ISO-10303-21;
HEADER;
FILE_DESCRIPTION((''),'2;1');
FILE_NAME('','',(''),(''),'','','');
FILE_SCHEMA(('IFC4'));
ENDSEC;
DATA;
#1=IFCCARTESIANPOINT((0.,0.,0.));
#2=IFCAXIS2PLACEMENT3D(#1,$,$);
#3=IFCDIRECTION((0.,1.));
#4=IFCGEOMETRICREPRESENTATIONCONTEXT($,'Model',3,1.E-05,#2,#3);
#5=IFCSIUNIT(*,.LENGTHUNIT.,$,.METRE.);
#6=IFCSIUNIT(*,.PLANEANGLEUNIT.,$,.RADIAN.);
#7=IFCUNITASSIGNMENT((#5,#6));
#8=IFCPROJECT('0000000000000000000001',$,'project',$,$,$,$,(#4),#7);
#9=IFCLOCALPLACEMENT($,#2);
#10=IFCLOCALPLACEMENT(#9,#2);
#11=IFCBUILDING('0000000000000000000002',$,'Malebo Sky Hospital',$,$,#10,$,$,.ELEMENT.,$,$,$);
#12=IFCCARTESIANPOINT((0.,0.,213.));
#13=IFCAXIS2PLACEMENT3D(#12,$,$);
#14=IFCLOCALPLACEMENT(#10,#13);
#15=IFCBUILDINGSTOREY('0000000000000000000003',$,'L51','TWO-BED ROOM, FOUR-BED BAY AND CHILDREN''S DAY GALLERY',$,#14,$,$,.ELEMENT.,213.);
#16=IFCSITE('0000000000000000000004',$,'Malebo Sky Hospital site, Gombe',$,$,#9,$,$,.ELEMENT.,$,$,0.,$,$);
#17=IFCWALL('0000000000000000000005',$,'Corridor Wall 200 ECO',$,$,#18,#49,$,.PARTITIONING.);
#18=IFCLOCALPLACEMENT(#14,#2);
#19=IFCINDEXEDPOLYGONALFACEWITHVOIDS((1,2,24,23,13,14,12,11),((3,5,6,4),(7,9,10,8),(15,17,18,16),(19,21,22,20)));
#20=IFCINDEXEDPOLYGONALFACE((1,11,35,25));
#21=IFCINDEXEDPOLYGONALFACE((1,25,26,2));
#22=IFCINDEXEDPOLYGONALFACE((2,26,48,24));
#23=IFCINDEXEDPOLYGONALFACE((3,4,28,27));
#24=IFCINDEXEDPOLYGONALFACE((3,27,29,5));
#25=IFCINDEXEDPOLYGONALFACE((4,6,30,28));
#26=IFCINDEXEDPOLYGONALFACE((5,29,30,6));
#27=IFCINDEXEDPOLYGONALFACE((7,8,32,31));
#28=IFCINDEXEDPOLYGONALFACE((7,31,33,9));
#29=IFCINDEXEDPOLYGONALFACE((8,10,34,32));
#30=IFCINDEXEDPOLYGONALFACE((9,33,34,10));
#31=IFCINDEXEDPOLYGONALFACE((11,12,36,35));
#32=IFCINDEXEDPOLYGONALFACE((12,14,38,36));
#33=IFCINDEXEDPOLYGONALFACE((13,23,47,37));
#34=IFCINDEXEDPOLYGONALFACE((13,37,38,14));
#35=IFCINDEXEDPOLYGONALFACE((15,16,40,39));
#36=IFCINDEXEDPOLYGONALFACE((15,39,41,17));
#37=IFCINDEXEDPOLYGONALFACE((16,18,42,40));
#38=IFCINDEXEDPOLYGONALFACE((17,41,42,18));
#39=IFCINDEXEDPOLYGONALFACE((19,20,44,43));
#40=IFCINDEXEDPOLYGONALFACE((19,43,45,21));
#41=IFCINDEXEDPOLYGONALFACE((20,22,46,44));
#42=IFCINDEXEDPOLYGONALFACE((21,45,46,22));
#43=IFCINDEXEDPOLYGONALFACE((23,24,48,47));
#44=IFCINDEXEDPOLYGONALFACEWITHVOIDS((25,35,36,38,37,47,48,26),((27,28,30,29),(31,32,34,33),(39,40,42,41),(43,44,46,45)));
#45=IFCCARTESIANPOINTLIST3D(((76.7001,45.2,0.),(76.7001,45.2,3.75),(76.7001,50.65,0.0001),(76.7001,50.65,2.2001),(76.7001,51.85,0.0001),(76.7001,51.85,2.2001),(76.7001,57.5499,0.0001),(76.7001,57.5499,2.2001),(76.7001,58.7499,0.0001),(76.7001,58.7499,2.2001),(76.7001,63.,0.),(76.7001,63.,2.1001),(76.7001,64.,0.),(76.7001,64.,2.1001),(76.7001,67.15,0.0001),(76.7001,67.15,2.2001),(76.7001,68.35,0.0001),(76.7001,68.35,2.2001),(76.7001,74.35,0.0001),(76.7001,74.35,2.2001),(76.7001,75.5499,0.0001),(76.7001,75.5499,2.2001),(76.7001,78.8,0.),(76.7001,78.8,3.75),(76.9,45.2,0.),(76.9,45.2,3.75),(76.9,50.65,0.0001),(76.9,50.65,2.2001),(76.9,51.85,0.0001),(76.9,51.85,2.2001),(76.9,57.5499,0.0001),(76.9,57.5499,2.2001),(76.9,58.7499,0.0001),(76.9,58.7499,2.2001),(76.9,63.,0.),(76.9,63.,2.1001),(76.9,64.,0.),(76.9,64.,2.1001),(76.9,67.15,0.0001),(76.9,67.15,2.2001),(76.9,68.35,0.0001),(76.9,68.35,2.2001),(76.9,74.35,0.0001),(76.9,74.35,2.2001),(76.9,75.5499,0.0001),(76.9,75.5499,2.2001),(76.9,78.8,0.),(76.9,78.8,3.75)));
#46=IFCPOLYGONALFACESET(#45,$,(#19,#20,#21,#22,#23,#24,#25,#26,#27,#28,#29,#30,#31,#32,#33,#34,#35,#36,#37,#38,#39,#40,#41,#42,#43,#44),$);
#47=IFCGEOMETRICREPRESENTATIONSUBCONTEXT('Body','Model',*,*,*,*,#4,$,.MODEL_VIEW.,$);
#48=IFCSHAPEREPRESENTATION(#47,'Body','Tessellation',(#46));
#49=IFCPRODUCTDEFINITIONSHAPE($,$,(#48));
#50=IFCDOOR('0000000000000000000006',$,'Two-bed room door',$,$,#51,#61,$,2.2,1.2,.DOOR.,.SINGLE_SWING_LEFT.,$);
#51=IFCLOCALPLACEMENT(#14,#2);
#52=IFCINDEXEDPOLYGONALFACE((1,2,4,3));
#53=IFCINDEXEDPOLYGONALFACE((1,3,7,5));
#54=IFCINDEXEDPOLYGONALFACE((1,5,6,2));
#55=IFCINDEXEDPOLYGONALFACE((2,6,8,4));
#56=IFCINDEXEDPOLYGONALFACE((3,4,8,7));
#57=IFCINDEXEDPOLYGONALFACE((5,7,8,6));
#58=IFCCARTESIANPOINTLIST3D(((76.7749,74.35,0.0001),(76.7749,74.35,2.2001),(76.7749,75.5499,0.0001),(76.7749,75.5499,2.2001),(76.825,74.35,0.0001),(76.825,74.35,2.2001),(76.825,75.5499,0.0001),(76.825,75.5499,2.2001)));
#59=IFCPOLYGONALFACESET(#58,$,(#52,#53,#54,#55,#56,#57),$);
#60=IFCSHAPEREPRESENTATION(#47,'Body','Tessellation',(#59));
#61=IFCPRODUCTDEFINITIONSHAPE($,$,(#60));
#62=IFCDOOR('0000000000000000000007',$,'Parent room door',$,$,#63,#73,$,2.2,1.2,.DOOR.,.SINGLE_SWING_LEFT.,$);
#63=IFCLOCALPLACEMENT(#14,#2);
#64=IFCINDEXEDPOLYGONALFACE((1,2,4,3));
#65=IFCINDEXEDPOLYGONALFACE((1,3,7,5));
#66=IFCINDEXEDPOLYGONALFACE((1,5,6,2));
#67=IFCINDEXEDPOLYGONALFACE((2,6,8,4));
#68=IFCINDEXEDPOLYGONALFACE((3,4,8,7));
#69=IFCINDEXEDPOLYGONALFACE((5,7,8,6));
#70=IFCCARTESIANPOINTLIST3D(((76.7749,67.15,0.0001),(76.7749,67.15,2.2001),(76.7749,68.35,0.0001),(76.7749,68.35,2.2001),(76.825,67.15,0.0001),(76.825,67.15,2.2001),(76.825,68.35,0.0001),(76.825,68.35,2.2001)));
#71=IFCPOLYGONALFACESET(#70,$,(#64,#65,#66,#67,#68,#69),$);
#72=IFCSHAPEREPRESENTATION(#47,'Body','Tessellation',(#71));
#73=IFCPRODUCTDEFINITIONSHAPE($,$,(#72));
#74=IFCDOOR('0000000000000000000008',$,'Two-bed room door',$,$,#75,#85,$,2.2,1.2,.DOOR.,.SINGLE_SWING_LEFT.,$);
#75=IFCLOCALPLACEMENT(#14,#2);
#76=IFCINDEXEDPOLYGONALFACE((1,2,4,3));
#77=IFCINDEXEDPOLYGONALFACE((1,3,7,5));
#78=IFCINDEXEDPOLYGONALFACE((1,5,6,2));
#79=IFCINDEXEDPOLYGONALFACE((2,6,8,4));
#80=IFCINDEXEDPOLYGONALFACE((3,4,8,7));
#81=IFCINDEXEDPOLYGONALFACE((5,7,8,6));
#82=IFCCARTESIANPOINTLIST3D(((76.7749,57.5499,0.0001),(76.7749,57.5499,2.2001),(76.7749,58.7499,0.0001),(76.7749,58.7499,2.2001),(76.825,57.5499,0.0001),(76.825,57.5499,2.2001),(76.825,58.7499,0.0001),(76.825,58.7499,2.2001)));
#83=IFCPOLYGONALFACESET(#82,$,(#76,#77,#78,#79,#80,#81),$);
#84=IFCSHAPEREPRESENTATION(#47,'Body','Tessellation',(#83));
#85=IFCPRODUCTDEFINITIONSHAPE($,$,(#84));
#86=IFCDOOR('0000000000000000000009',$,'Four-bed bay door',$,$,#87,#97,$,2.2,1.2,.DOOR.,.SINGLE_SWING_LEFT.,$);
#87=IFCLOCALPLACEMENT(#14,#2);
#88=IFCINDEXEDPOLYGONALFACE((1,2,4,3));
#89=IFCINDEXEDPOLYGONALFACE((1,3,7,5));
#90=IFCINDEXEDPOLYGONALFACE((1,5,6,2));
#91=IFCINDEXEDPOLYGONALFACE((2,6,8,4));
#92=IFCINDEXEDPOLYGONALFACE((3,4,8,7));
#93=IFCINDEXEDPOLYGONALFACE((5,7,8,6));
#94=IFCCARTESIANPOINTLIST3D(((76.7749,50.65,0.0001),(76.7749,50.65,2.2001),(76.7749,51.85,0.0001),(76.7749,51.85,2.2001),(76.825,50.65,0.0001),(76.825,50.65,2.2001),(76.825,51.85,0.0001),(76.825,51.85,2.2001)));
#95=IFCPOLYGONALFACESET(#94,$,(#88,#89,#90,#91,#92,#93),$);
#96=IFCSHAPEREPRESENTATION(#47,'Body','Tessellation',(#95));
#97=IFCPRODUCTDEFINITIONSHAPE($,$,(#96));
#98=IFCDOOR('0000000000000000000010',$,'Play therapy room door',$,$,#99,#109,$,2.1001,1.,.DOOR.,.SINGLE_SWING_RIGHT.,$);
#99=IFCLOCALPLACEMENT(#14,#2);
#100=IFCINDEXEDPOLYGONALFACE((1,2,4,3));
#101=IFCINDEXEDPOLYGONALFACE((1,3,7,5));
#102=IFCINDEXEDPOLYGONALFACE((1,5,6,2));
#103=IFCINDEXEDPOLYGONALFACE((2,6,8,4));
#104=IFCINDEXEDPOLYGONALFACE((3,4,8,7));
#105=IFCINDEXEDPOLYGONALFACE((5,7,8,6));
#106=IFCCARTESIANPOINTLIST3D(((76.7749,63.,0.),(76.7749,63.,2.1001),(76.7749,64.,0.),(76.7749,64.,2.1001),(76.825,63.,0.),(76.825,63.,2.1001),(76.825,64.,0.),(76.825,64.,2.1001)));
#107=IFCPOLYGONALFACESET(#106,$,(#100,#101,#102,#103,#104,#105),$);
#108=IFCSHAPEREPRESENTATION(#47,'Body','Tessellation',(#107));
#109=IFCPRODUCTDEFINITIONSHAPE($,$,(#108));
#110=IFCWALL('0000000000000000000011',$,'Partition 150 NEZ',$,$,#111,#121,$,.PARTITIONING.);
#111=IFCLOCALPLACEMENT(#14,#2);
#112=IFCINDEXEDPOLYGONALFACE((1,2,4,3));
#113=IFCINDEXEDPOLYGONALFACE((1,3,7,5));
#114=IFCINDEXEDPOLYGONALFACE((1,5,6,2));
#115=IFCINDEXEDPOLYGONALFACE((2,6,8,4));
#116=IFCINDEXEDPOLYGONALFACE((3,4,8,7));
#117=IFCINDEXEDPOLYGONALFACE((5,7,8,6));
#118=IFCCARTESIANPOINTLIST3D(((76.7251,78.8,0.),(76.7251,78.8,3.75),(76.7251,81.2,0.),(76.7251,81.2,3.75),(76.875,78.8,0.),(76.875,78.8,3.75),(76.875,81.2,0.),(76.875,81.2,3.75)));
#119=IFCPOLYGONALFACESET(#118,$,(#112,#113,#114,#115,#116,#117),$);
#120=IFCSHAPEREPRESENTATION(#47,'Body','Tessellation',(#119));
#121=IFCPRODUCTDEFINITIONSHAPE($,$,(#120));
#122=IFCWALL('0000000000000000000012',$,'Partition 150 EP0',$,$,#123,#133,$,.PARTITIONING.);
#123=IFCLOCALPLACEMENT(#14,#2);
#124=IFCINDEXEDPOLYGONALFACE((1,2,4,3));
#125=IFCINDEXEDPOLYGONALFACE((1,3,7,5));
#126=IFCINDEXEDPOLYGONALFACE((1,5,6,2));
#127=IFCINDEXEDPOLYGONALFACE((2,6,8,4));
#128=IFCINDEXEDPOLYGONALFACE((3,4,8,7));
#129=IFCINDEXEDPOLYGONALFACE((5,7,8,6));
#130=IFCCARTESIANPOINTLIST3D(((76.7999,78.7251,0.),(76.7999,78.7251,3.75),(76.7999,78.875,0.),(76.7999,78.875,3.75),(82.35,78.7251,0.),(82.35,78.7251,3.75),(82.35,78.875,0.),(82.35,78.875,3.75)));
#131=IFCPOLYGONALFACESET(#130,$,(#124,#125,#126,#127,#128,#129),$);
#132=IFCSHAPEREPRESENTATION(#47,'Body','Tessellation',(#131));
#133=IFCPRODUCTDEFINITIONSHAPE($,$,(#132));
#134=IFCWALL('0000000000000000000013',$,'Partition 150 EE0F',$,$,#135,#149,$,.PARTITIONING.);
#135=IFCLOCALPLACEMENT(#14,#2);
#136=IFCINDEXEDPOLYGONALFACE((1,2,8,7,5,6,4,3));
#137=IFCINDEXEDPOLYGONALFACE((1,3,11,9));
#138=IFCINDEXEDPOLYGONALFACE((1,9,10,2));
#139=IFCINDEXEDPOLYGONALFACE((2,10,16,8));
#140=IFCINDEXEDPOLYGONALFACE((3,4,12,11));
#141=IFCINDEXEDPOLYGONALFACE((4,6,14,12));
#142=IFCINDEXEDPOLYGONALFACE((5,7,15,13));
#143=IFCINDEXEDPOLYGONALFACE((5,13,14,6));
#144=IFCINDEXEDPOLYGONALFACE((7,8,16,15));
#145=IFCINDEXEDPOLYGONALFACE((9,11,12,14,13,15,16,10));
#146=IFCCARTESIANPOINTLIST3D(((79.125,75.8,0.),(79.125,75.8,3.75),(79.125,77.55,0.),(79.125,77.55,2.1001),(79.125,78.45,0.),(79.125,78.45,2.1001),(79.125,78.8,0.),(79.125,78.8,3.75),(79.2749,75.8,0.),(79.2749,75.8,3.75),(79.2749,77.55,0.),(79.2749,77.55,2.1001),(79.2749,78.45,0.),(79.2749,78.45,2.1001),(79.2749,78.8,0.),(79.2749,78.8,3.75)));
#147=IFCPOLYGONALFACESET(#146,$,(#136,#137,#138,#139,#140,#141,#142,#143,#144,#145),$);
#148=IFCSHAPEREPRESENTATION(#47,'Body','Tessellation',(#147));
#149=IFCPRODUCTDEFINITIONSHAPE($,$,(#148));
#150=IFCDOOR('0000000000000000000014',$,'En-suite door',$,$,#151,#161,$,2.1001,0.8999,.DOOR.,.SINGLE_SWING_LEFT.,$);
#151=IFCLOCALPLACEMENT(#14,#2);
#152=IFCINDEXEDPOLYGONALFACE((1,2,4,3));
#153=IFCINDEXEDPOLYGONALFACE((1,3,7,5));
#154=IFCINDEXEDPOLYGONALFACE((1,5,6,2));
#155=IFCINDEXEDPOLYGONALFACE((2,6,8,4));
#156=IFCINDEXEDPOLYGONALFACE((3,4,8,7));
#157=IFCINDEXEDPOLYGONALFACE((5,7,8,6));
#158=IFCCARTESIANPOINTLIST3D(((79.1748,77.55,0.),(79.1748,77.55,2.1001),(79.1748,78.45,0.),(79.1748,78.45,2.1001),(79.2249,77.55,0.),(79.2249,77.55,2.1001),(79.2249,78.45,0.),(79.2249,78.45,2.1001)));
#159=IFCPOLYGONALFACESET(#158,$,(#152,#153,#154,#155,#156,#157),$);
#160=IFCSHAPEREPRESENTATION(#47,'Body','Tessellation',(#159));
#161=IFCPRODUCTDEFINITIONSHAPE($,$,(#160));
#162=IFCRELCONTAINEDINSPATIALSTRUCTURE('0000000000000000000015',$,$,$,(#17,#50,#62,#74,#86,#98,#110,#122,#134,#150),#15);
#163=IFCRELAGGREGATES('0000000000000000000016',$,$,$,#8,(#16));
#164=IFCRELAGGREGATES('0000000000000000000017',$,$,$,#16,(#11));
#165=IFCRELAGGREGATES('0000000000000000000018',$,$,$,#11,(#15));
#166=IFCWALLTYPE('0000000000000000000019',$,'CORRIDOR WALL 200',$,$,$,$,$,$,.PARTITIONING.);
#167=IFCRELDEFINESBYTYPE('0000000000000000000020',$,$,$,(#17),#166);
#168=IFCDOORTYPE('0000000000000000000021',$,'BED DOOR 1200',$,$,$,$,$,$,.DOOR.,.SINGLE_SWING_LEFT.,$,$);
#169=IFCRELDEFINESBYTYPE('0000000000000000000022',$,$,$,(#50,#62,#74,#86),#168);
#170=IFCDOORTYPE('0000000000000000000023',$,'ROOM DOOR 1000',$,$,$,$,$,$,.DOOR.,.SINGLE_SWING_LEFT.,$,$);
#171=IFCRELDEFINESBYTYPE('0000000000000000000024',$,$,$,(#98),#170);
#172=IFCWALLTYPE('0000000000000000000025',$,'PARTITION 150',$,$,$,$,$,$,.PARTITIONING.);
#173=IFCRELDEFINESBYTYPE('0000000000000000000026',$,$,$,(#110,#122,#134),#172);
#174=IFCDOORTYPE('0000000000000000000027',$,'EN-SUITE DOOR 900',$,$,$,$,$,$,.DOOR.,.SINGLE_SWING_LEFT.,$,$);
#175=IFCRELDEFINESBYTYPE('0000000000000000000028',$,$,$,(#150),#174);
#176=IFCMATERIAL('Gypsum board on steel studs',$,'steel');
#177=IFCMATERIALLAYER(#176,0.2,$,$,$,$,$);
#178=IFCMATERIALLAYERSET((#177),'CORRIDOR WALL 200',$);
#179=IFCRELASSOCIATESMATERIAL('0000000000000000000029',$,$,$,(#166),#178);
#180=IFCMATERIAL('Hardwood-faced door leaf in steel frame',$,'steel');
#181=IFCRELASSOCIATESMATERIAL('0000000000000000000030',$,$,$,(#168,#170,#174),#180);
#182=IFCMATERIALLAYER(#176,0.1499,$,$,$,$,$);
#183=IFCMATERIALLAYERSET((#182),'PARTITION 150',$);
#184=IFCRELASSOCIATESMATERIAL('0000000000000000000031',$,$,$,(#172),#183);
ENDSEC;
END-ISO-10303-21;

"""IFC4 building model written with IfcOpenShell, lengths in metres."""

from ifc_helpers import new_model, si_unit, direction, frame, frame_2d, origin, place, context, subcontext, project, spatial, rectangle, extrude, material, layer, layer_set, type_object, element, fill, save


model = new_model("IFC4")

# Units and contexts
model_context = context("Model", 3, precision=1e-05, world=origin(), true_north=direction((0.0, 1.0)))
body_context = subcontext(model_context, "Body", "Model", "MODEL_VIEW")
ifc_project = project(units=[si_unit("LENGTHUNIT", "METRE"), si_unit("PLANEANGLEUNIT", "RADIAN")], contexts=[model_context])

# Site, building, storey
site_placement = place(None, origin())
site = spatial("IfcSite", under=ifc_project, at=site_placement, Name="Malebo Sky Hospital site, Gombe", CompositionType="ELEMENT", RefElevation=0.0)
building_placement = place(site_placement, origin())
building = spatial("IfcBuilding", under=site, at=building_placement, Name="Malebo Sky Hospital", CompositionType="ELEMENT")
storey_placement = place(building_placement, frame((0.0, 0.0, 213.0)))
storey = spatial("IfcBuildingStorey", under=building, at=storey_placement, Name="L51", Description="TWO-BED ROOM, FOUR-BED BAY AND CHILDREN'S DAY GALLERY", CompositionType="ELEMENT", Elevation=213.0)

# Wall, openings, doors
ifc_material_1 = material(Name="Gypsum board on steel studs", Category="steel")
ifc_layer_1 = layer(ifc_material_1, 0.2)
ifc_layer_set_1 = layer_set([ifc_layer_1], Name="CORRIDOR WALL 200")
wall_type_1 = type_object("IfcWallType", Name="CORRIDOR WALL 200", PredefinedType="PARTITIONING", material=ifc_layer_set_1)
wall_1_placement = place(storey_placement, frame((76.8, 78.8, 0.0), z_axis=(0.0, 0.0, 1.0), x_axis=(0.0, -1.0, 0.0)))
wall_1 = element("IfcWall", 1, at=wall_1_placement, inside=storey, type_object=wall_type_1, Name="Corridor Wall 200 ECO", PredefinedType="PARTITIONING", context=body_context, shape_type="SweptSolid", body=[
    extrude(rectangle(XDim=33.6001, YDim=0.2, at=frame_2d((16.8, 0.0))), origin(), (0.0, 0.0, 1.0), 3.75),
])
opening_1_placement = place(wall_1_placement, frame((3.25, 0.0, 0.0)))
opening_1 = element("IfcOpeningElement", 2, at=opening_1_placement, cuts=wall_1, PredefinedType="OPENING", context=body_context, shape_type="SweptSolid", body=[
    extrude(rectangle(XDim=1.2, YDim=2.2, at=frame_2d((0.6001, 1.1001))), frame((0.0, 0.1099, 0.0), z_axis=(0.0, -1.0, 0.0), x_axis=(1.0, 0.0, 0.0)), (0.0, 0.0, 1.0), 0.22),
])
opening_2_placement = place(wall_1_placement, frame((10.45, 0.0, 0.0)))
opening_2 = element("IfcOpeningElement", 3, at=opening_2_placement, cuts=wall_1, PredefinedType="OPENING", context=body_context, shape_type="SweptSolid", body=[
    extrude(rectangle(XDim=1.2, YDim=2.2, at=frame_2d((0.6001, 1.1001))), frame((0.0, 0.1099, 0.0), z_axis=(0.0, -1.0, 0.0), x_axis=(1.0, 0.0, 0.0)), (0.0, 0.0, 1.0), 0.22),
])
opening_3_placement = place(wall_1_placement, frame((14.8, 0.0, 0.0)))
opening_3 = element("IfcOpeningElement", 4, at=opening_3_placement, cuts=wall_1, PredefinedType="OPENING", context=body_context, shape_type="SweptSolid", body=[
    extrude(rectangle(XDim=1.0, YDim=2.1001, at=frame_2d((0.5, 1.05))), frame((0.0, 0.1099, 0.0), z_axis=(0.0, -1.0, 0.0), x_axis=(1.0, 0.0, 0.0)), (0.0, 0.0, 1.0), 0.22),
])
opening_4_placement = place(wall_1_placement, frame((20.05, 0.0, 0.0)))
opening_4 = element("IfcOpeningElement", 5, at=opening_4_placement, cuts=wall_1, PredefinedType="OPENING", context=body_context, shape_type="SweptSolid", body=[
    extrude(rectangle(XDim=1.2, YDim=2.2, at=frame_2d((0.6001, 1.1001))), frame((0.0, 0.1099, 0.0), z_axis=(0.0, -1.0, 0.0), x_axis=(1.0, 0.0, 0.0)), (0.0, 0.0, 1.0), 0.22),
])
opening_5_placement = place(wall_1_placement, frame((26.95, 0.0, 0.0)))
opening_5 = element("IfcOpeningElement", 6, at=opening_5_placement, cuts=wall_1, PredefinedType="OPENING", context=body_context, shape_type="SweptSolid", body=[
    extrude(rectangle(XDim=1.2, YDim=2.2, at=frame_2d((0.6001, 1.1001))), frame((0.0, 0.1099, 0.0), z_axis=(0.0, -1.0, 0.0), x_axis=(1.0, 0.0, 0.0)), (0.0, 0.0, 1.0), 0.22),
])
ifc_material_2 = material(Name="Hardwood-faced door leaf in steel frame", Category="steel")
door_type_1 = type_object("IfcDoorType", Name="BED DOOR 1200", OperationType="SINGLE_SWING_LEFT", PredefinedType="DOOR", material=ifc_material_2)
door_1_placement = place(opening_1_placement, origin())
door_1 = element("IfcDoor", 7, at=door_1_placement, inside=storey, type_object=door_type_1, Name="Two-bed room door", OperationType="SINGLE_SWING_LEFT", OverallHeight=2.2, OverallWidth=1.2, PredefinedType="DOOR", context=body_context, shape_type="SweptSolid", body=[
    extrude(rectangle(XDim=1.2, YDim=2.2, at=frame_2d((0.6001, 1.1001))), frame((0.0, 0.0249, 0.0), z_axis=(0.0, -1.0, 0.0), x_axis=(1.0, 0.0, 0.0)), (0.0, 0.0, 1.0), 0.05),
])
fill(opening_1, door_1)
door_2_placement = place(opening_2_placement, origin())
door_2 = element("IfcDoor", 8, at=door_2_placement, inside=storey, type_object=door_type_1, Name="Parent room door", OperationType="SINGLE_SWING_LEFT", OverallHeight=2.2, OverallWidth=1.2, PredefinedType="DOOR", context=body_context, shape_type="SweptSolid", body=[
    extrude(rectangle(XDim=1.2, YDim=2.2, at=frame_2d((0.6001, 1.1001))), frame((0.0, 0.0249, 0.0), z_axis=(0.0, -1.0, 0.0), x_axis=(1.0, 0.0, 0.0)), (0.0, 0.0, 1.0), 0.05),
])
fill(opening_2, door_2)
door_3_placement = place(opening_4_placement, origin())
door_3 = element("IfcDoor", 9, at=door_3_placement, inside=storey, type_object=door_type_1, Name="Two-bed room door", OperationType="SINGLE_SWING_LEFT", OverallHeight=2.2, OverallWidth=1.2, PredefinedType="DOOR", context=body_context, shape_type="SweptSolid", body=[
    extrude(rectangle(XDim=1.2, YDim=2.2, at=frame_2d((0.6001, 1.1001))), frame((0.0, 0.0249, 0.0), z_axis=(0.0, -1.0, 0.0), x_axis=(1.0, 0.0, 0.0)), (0.0, 0.0, 1.0), 0.05),
])
fill(opening_4, door_3)
door_4_placement = place(opening_5_placement, origin())
door_4 = element("IfcDoor", 10, at=door_4_placement, inside=storey, type_object=door_type_1, Name="Four-bed bay door", OperationType="SINGLE_SWING_LEFT", OverallHeight=2.2, OverallWidth=1.2, PredefinedType="DOOR", context=body_context, shape_type="SweptSolid", body=[
    extrude(rectangle(XDim=1.2, YDim=2.2, at=frame_2d((0.6001, 1.1001))), frame((0.0, 0.0249, 0.0), z_axis=(0.0, -1.0, 0.0), x_axis=(1.0, 0.0, 0.0)), (0.0, 0.0, 1.0), 0.05),
])
fill(opening_5, door_4)
door_type_2 = type_object("IfcDoorType", Name="ROOM DOOR 1000", OperationType="SINGLE_SWING_LEFT", PredefinedType="DOOR", material=ifc_material_2)
door_5_placement = place(opening_3_placement, origin())
door_5 = element("IfcDoor", 11, at=door_5_placement, inside=storey, type_object=door_type_2, Name="Play therapy room door", OperationType="SINGLE_SWING_RIGHT", OverallHeight=2.1001, OverallWidth=1.0, PredefinedType="DOOR", context=body_context, shape_type="SweptSolid", body=[
    extrude(rectangle(XDim=1.0, YDim=2.1001, at=frame_2d((0.5, 1.05))), frame((0.0, 0.0249, 0.0), z_axis=(0.0, -1.0, 0.0), x_axis=(1.0, 0.0, 0.0)), (0.0, 0.0, 1.0), 0.05),
])
fill(opening_3, door_5)

# Walls
ifc_layer_2 = layer(ifc_material_1, 0.1499)
ifc_layer_set_2 = layer_set([ifc_layer_2], Name="PARTITION 150")
wall_type_2 = type_object("IfcWallType", Name="PARTITION 150", PredefinedType="PARTITIONING", material=ifc_layer_set_2)
wall_2_placement = place(storey_placement, frame((76.8, 78.8, 0.0), z_axis=(0.0, 0.0, 1.0), x_axis=(0.0, 1.0, 0.0)))
element("IfcWall", 12, at=wall_2_placement, inside=storey, type_object=wall_type_2, Name="Partition 150 NEZ", PredefinedType="PARTITIONING", context=body_context, shape_type="SweptSolid", body=[
    extrude(rectangle(XDim=2.3999, YDim=0.1499, at=frame_2d((1.2, 0.0))), origin(), (0.0, 0.0, 1.0), 3.75),
])
wall_3_placement = place(storey_placement, frame((76.8, 78.8, 0.0), z_axis=(0.0, 0.0, 1.0), x_axis=(1.0, 0.0, 0.0)))
element("IfcWall", 13, at=wall_3_placement, inside=storey, type_object=wall_type_2, Name="Partition 150 EP0", PredefinedType="PARTITIONING", context=body_context, shape_type="SweptSolid", body=[
    extrude(rectangle(XDim=5.55, YDim=0.1499, at=frame_2d((2.7749, 0.0))), origin(), (0.0, 0.0, 1.0), 3.75),
])

# Wall, opening, door
wall_4_placement = place(storey_placement, frame((79.2, 78.8, 0.0), z_axis=(0.0, 0.0, 1.0), x_axis=(0.0, -1.0, 0.0)))
wall_4 = element("IfcWall", 14, at=wall_4_placement, inside=storey, type_object=wall_type_2, Name="Partition 150 EE0F", PredefinedType="PARTITIONING", context=body_context, shape_type="SweptSolid", body=[
    extrude(rectangle(XDim=3.0, YDim=0.1499, at=frame_2d((1.5, 0.0))), origin(), (0.0, 0.0, 1.0), 3.75),
])
opening_6_placement = place(wall_4_placement, frame((0.3501, 0.0, 0.0)))
opening_6 = element("IfcOpeningElement", 15, at=opening_6_placement, cuts=wall_4, PredefinedType="OPENING", context=body_context, shape_type="SweptSolid", body=[
    extrude(rectangle(XDim=0.8999, YDim=2.1001, at=frame_2d((0.45, 1.05))), frame((0.0, 0.085, 0.0), z_axis=(0.0, -1.0, 0.0), x_axis=(1.0, 0.0, 0.0)), (0.0, 0.0, 1.0), 0.1699),
])
door_type_3 = type_object("IfcDoorType", Name="EN-SUITE DOOR 900", OperationType="SINGLE_SWING_LEFT", PredefinedType="DOOR", material=ifc_material_2)
door_6_placement = place(opening_6_placement, origin())
door_6 = element("IfcDoor", 16, at=door_6_placement, inside=storey, type_object=door_type_3, Name="En-suite door", OperationType="SINGLE_SWING_LEFT", OverallHeight=2.1001, OverallWidth=0.8999, PredefinedType="DOOR", context=body_context, shape_type="SweptSolid", body=[
    extrude(rectangle(XDim=0.8999, YDim=2.1001, at=frame_2d((0.45, 1.05))), frame((0.0, 0.0249, 0.0), z_axis=(0.0, -1.0, 0.0), x_axis=(1.0, 0.0, 0.0)), (0.0, 0.0, 1.0), 0.05),
])
fill(opening_6, door_6)

save(model, "model.ifc")
